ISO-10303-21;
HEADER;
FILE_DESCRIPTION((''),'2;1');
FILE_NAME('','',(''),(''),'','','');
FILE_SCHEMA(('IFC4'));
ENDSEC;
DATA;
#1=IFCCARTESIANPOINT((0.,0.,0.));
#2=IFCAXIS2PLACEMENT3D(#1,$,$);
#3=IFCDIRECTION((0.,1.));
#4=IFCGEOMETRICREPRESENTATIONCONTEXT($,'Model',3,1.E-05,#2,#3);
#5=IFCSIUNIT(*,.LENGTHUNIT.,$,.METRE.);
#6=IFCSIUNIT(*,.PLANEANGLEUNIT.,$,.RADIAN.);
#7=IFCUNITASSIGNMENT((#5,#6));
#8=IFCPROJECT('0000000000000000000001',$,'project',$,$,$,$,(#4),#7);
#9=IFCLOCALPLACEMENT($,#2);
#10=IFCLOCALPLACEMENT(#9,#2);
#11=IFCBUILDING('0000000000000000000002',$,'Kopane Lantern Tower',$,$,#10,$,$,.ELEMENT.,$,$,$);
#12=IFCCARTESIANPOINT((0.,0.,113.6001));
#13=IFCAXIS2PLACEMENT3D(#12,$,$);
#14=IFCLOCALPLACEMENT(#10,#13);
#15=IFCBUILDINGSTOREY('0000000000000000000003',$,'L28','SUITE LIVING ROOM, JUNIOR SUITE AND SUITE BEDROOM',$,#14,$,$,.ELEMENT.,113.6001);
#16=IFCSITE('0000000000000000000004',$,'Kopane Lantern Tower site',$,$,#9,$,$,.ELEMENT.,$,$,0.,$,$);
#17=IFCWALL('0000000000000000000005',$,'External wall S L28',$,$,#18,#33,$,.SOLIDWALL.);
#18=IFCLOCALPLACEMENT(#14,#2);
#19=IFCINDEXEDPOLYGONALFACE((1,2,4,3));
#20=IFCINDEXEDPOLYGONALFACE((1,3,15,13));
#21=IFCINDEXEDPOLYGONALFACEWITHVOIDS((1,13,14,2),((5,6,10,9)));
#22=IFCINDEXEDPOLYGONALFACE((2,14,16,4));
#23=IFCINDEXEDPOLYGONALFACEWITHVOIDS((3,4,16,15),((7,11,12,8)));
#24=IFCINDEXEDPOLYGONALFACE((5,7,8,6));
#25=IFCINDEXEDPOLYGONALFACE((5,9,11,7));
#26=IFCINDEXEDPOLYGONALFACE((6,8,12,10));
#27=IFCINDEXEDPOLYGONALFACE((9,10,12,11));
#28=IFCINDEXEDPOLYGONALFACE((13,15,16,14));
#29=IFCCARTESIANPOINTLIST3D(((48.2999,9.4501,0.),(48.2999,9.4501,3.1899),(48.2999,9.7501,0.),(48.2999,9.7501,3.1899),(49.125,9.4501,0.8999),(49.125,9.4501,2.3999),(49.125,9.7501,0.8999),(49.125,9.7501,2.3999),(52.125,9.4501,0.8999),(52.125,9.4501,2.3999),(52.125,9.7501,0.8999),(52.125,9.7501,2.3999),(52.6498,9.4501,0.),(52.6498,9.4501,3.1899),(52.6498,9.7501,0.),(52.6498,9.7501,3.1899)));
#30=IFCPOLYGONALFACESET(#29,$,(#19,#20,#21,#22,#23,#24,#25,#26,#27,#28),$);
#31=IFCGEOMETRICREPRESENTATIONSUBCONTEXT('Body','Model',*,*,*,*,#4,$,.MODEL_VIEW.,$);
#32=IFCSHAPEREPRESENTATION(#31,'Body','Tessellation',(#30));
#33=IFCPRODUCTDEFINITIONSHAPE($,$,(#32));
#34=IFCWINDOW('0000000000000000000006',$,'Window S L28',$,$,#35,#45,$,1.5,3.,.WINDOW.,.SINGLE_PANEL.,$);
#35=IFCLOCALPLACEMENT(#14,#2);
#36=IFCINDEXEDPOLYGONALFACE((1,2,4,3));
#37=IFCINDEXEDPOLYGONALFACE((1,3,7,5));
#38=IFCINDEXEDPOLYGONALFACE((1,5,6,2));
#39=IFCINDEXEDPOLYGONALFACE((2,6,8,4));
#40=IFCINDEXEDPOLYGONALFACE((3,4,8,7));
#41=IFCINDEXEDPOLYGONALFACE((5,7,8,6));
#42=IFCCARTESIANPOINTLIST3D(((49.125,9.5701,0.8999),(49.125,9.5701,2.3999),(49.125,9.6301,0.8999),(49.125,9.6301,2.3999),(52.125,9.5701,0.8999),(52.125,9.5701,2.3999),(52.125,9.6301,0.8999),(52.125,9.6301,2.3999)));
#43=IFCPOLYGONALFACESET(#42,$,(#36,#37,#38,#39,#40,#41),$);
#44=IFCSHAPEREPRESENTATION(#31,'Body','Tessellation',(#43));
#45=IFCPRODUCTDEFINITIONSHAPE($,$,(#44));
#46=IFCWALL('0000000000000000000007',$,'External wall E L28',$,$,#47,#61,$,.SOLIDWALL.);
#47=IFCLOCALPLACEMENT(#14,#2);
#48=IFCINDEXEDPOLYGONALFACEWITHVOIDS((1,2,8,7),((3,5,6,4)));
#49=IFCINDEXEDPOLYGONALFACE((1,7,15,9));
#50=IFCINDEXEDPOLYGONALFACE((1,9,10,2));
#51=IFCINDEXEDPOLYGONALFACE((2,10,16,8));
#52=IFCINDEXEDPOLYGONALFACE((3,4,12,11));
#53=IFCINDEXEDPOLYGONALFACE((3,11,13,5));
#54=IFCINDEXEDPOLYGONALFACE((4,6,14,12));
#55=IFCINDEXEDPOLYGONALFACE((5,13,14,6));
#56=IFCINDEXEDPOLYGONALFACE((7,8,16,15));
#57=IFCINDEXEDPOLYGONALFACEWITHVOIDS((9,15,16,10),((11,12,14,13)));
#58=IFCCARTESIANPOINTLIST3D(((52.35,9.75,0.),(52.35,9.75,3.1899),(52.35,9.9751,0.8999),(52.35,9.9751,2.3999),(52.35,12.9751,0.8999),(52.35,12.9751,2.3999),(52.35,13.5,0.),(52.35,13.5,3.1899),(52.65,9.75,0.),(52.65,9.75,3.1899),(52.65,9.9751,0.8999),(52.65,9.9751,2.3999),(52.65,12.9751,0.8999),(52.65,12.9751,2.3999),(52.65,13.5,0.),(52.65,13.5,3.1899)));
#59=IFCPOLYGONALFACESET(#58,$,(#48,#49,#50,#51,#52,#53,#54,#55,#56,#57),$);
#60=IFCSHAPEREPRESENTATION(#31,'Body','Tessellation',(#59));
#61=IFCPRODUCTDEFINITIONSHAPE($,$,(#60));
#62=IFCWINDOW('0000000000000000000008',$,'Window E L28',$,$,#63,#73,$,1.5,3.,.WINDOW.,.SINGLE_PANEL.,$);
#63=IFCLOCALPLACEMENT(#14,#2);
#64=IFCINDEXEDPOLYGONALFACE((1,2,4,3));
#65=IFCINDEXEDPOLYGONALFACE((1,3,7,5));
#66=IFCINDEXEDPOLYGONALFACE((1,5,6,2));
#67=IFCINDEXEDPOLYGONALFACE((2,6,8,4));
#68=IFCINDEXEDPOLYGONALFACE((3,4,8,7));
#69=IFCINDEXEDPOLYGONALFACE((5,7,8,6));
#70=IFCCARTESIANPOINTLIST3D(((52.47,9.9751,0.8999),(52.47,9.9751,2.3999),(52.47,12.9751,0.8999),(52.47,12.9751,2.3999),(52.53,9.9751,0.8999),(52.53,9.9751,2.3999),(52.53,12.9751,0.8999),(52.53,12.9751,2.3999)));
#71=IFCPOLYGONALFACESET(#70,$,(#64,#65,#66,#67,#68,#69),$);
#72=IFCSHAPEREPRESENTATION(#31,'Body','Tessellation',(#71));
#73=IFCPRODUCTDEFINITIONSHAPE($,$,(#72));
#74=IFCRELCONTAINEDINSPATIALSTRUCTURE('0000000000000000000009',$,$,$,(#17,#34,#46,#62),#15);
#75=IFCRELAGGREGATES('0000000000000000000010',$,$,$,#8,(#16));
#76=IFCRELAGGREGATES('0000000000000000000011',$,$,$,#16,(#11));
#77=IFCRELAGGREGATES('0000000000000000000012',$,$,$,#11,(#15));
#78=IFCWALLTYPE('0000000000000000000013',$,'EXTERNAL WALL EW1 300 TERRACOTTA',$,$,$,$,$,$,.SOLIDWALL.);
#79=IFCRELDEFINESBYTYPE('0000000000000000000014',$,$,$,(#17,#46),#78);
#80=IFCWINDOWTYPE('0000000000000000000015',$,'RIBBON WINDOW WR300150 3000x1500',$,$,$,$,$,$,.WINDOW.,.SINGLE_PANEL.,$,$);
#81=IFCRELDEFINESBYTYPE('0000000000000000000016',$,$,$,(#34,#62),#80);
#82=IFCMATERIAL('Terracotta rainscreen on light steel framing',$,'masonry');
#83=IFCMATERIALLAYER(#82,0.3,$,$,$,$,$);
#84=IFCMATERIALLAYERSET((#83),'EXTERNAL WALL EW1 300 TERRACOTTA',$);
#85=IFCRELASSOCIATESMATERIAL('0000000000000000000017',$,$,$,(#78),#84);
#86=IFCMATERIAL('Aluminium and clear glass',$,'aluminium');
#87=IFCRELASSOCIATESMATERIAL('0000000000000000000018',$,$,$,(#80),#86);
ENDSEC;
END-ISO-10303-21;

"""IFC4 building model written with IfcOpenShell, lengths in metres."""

from ifc_helpers import new_model, si_unit, direction, frame, frame_2d, origin, place, context, subcontext, project, spatial, rectangle, extrude, material, layer, layer_set, type_object, element, fill, save


model = new_model("IFC4")

# Units and contexts
model_context = context("Model", 3, precision=1e-05, world=origin(), true_north=direction((0.0, 1.0)))
body_context = subcontext(model_context, "Body", "Model", "MODEL_VIEW")
ifc_project = project(units=[si_unit("LENGTHUNIT", "METRE"), si_unit("PLANEANGLEUNIT", "RADIAN")], contexts=[model_context])

# Site, building, storey
site_placement = place(None, origin())
site = spatial("IfcSite", under=ifc_project, at=site_placement, Name="Kopane Lantern Tower site", CompositionType="ELEMENT", RefElevation=0.0)
building_placement = place(site_placement, origin())
building = spatial("IfcBuilding", under=site, at=building_placement, Name="Kopane Lantern Tower", CompositionType="ELEMENT")
storey_placement = place(building_placement, frame((0.0, 0.0, 113.6001)))
storey = spatial("IfcBuildingStorey", under=building, at=storey_placement, Name="L28", Description="SUITE LIVING ROOM, JUNIOR SUITE AND SUITE BEDROOM", CompositionType="ELEMENT", Elevation=113.6001)

# Walls, openings, windows
ifc_material_1 = material(Name="Terracotta rainscreen on light steel framing", Category="masonry")
ifc_layer = layer(ifc_material_1, 0.3)
ifc_layer_set = layer_set([ifc_layer], Name="EXTERNAL WALL EW1 300 TERRACOTTA")
wall_type = type_object("IfcWallType", Name="EXTERNAL WALL EW1 300 TERRACOTTA", PredefinedType="SOLIDWALL", material=ifc_layer_set)
ifc_material_2 = material(Name="Aluminium and clear glass", Category="aluminium")
window_type = type_object("IfcWindowType", Name="RIBBON WINDOW WR300150 3000x1500", PartitioningType="SINGLE_PANEL", PredefinedType="WINDOW", material=ifc_material_2)
wall_1_placement = place(storey_placement, frame((48.3, 9.6001, 0.0), z_axis=(0.0, 0.0, 1.0), x_axis=(1.0, 0.0, 0.0)))
wall_1 = element("IfcWall", 1, at=wall_1_placement, inside=storey, type_object=wall_type, Name="External wall S L28", PredefinedType="SOLIDWALL", context=body_context, shape_type="SweptSolid", body=[
    extrude(rectangle(XDim=4.3499, YDim=0.3, at=frame_2d((2.1748, 0.0))), origin(), (0.0, 0.0, 1.0), 3.1899),
])
opening_1_placement = place(wall_1_placement, frame((0.825, 0.0, 0.8999)))
opening_1 = element("IfcOpeningElement", 2, at=opening_1_placement, cuts=wall_1, PredefinedType="OPENING", context=body_context, shape_type="SweptSolid", body=[
    extrude(rectangle(XDim=3.0, YDim=1.5, at=frame_2d((1.5, 0.75))), frame((0.0, 0.1599, 0.0), z_axis=(0.0, -1.0, 0.0), x_axis=(1.0, 0.0, 0.0)), (0.0, 0.0, 1.0), 0.3201),
])
window_1_placement = place(opening_1_placement, origin())
window_1 = element("IfcWindow", 3, at=window_1_placement, inside=storey, type_object=window_type, Name="Window S L28", OverallHeight=1.5, OverallWidth=3.0, PartitioningType="SINGLE_PANEL", PredefinedType="WINDOW", context=body_context, shape_type="SweptSolid", body=[
    extrude(rectangle(XDim=3.0, YDim=1.5, at=frame_2d((1.5, 0.75))), frame((0.0, 0.03, 0.0), z_axis=(0.0, -1.0, 0.0), x_axis=(1.0, 0.0, 0.0)), (0.0, 0.0, 1.0), 0.0601),
])
fill(opening_1, window_1)
wall_2_placement = place(storey_placement, frame((52.5, 9.75, 0.0), z_axis=(0.0, 0.0, 1.0), x_axis=(0.0, 1.0, 0.0)))
wall_2 = element("IfcWall", 4, at=wall_2_placement, inside=storey, type_object=wall_type, Name="External wall E L28", PredefinedType="SOLIDWALL", context=body_context, shape_type="SweptSolid", body=[
    extrude(rectangle(XDim=3.75, YDim=0.3, at=frame_2d((1.875, 0.0))), origin(), (0.0, 0.0, 1.0), 3.1899),
])
opening_2_placement = place(wall_2_placement, frame((0.2251, 0.0, 0.8999)))
opening_2 = element("IfcOpeningElement", 5, at=opening_2_placement, cuts=wall_2, PredefinedType="OPENING", context=body_context, shape_type="SweptSolid", body=[
    extrude(rectangle(XDim=3.0, YDim=1.5, at=frame_2d((1.5, 0.75))), frame((0.0, 0.1599, 0.0), z_axis=(0.0, -1.0, 0.0), x_axis=(1.0, 0.0, 0.0)), (0.0, 0.0, 1.0), 0.3201),
])
window_2_placement = place(opening_2_placement, origin())
window_2 = element("IfcWindow", 6, at=window_2_placement, inside=storey, type_object=window_type, Name="Window E L28", OverallHeight=1.5, OverallWidth=3.0, PartitioningType="SINGLE_PANEL", PredefinedType="WINDOW", context=body_context, shape_type="SweptSolid", body=[
    extrude(rectangle(XDim=3.0, YDim=1.5, at=frame_2d((1.5, 0.75))), frame((0.0, 0.03, 0.0), z_axis=(0.0, -1.0, 0.0), x_axis=(1.0, 0.0, 0.0)), (0.0, 0.0, 1.0), 0.0601),
])
fill(opening_2, window_2)

save(model, "model.ifc")
